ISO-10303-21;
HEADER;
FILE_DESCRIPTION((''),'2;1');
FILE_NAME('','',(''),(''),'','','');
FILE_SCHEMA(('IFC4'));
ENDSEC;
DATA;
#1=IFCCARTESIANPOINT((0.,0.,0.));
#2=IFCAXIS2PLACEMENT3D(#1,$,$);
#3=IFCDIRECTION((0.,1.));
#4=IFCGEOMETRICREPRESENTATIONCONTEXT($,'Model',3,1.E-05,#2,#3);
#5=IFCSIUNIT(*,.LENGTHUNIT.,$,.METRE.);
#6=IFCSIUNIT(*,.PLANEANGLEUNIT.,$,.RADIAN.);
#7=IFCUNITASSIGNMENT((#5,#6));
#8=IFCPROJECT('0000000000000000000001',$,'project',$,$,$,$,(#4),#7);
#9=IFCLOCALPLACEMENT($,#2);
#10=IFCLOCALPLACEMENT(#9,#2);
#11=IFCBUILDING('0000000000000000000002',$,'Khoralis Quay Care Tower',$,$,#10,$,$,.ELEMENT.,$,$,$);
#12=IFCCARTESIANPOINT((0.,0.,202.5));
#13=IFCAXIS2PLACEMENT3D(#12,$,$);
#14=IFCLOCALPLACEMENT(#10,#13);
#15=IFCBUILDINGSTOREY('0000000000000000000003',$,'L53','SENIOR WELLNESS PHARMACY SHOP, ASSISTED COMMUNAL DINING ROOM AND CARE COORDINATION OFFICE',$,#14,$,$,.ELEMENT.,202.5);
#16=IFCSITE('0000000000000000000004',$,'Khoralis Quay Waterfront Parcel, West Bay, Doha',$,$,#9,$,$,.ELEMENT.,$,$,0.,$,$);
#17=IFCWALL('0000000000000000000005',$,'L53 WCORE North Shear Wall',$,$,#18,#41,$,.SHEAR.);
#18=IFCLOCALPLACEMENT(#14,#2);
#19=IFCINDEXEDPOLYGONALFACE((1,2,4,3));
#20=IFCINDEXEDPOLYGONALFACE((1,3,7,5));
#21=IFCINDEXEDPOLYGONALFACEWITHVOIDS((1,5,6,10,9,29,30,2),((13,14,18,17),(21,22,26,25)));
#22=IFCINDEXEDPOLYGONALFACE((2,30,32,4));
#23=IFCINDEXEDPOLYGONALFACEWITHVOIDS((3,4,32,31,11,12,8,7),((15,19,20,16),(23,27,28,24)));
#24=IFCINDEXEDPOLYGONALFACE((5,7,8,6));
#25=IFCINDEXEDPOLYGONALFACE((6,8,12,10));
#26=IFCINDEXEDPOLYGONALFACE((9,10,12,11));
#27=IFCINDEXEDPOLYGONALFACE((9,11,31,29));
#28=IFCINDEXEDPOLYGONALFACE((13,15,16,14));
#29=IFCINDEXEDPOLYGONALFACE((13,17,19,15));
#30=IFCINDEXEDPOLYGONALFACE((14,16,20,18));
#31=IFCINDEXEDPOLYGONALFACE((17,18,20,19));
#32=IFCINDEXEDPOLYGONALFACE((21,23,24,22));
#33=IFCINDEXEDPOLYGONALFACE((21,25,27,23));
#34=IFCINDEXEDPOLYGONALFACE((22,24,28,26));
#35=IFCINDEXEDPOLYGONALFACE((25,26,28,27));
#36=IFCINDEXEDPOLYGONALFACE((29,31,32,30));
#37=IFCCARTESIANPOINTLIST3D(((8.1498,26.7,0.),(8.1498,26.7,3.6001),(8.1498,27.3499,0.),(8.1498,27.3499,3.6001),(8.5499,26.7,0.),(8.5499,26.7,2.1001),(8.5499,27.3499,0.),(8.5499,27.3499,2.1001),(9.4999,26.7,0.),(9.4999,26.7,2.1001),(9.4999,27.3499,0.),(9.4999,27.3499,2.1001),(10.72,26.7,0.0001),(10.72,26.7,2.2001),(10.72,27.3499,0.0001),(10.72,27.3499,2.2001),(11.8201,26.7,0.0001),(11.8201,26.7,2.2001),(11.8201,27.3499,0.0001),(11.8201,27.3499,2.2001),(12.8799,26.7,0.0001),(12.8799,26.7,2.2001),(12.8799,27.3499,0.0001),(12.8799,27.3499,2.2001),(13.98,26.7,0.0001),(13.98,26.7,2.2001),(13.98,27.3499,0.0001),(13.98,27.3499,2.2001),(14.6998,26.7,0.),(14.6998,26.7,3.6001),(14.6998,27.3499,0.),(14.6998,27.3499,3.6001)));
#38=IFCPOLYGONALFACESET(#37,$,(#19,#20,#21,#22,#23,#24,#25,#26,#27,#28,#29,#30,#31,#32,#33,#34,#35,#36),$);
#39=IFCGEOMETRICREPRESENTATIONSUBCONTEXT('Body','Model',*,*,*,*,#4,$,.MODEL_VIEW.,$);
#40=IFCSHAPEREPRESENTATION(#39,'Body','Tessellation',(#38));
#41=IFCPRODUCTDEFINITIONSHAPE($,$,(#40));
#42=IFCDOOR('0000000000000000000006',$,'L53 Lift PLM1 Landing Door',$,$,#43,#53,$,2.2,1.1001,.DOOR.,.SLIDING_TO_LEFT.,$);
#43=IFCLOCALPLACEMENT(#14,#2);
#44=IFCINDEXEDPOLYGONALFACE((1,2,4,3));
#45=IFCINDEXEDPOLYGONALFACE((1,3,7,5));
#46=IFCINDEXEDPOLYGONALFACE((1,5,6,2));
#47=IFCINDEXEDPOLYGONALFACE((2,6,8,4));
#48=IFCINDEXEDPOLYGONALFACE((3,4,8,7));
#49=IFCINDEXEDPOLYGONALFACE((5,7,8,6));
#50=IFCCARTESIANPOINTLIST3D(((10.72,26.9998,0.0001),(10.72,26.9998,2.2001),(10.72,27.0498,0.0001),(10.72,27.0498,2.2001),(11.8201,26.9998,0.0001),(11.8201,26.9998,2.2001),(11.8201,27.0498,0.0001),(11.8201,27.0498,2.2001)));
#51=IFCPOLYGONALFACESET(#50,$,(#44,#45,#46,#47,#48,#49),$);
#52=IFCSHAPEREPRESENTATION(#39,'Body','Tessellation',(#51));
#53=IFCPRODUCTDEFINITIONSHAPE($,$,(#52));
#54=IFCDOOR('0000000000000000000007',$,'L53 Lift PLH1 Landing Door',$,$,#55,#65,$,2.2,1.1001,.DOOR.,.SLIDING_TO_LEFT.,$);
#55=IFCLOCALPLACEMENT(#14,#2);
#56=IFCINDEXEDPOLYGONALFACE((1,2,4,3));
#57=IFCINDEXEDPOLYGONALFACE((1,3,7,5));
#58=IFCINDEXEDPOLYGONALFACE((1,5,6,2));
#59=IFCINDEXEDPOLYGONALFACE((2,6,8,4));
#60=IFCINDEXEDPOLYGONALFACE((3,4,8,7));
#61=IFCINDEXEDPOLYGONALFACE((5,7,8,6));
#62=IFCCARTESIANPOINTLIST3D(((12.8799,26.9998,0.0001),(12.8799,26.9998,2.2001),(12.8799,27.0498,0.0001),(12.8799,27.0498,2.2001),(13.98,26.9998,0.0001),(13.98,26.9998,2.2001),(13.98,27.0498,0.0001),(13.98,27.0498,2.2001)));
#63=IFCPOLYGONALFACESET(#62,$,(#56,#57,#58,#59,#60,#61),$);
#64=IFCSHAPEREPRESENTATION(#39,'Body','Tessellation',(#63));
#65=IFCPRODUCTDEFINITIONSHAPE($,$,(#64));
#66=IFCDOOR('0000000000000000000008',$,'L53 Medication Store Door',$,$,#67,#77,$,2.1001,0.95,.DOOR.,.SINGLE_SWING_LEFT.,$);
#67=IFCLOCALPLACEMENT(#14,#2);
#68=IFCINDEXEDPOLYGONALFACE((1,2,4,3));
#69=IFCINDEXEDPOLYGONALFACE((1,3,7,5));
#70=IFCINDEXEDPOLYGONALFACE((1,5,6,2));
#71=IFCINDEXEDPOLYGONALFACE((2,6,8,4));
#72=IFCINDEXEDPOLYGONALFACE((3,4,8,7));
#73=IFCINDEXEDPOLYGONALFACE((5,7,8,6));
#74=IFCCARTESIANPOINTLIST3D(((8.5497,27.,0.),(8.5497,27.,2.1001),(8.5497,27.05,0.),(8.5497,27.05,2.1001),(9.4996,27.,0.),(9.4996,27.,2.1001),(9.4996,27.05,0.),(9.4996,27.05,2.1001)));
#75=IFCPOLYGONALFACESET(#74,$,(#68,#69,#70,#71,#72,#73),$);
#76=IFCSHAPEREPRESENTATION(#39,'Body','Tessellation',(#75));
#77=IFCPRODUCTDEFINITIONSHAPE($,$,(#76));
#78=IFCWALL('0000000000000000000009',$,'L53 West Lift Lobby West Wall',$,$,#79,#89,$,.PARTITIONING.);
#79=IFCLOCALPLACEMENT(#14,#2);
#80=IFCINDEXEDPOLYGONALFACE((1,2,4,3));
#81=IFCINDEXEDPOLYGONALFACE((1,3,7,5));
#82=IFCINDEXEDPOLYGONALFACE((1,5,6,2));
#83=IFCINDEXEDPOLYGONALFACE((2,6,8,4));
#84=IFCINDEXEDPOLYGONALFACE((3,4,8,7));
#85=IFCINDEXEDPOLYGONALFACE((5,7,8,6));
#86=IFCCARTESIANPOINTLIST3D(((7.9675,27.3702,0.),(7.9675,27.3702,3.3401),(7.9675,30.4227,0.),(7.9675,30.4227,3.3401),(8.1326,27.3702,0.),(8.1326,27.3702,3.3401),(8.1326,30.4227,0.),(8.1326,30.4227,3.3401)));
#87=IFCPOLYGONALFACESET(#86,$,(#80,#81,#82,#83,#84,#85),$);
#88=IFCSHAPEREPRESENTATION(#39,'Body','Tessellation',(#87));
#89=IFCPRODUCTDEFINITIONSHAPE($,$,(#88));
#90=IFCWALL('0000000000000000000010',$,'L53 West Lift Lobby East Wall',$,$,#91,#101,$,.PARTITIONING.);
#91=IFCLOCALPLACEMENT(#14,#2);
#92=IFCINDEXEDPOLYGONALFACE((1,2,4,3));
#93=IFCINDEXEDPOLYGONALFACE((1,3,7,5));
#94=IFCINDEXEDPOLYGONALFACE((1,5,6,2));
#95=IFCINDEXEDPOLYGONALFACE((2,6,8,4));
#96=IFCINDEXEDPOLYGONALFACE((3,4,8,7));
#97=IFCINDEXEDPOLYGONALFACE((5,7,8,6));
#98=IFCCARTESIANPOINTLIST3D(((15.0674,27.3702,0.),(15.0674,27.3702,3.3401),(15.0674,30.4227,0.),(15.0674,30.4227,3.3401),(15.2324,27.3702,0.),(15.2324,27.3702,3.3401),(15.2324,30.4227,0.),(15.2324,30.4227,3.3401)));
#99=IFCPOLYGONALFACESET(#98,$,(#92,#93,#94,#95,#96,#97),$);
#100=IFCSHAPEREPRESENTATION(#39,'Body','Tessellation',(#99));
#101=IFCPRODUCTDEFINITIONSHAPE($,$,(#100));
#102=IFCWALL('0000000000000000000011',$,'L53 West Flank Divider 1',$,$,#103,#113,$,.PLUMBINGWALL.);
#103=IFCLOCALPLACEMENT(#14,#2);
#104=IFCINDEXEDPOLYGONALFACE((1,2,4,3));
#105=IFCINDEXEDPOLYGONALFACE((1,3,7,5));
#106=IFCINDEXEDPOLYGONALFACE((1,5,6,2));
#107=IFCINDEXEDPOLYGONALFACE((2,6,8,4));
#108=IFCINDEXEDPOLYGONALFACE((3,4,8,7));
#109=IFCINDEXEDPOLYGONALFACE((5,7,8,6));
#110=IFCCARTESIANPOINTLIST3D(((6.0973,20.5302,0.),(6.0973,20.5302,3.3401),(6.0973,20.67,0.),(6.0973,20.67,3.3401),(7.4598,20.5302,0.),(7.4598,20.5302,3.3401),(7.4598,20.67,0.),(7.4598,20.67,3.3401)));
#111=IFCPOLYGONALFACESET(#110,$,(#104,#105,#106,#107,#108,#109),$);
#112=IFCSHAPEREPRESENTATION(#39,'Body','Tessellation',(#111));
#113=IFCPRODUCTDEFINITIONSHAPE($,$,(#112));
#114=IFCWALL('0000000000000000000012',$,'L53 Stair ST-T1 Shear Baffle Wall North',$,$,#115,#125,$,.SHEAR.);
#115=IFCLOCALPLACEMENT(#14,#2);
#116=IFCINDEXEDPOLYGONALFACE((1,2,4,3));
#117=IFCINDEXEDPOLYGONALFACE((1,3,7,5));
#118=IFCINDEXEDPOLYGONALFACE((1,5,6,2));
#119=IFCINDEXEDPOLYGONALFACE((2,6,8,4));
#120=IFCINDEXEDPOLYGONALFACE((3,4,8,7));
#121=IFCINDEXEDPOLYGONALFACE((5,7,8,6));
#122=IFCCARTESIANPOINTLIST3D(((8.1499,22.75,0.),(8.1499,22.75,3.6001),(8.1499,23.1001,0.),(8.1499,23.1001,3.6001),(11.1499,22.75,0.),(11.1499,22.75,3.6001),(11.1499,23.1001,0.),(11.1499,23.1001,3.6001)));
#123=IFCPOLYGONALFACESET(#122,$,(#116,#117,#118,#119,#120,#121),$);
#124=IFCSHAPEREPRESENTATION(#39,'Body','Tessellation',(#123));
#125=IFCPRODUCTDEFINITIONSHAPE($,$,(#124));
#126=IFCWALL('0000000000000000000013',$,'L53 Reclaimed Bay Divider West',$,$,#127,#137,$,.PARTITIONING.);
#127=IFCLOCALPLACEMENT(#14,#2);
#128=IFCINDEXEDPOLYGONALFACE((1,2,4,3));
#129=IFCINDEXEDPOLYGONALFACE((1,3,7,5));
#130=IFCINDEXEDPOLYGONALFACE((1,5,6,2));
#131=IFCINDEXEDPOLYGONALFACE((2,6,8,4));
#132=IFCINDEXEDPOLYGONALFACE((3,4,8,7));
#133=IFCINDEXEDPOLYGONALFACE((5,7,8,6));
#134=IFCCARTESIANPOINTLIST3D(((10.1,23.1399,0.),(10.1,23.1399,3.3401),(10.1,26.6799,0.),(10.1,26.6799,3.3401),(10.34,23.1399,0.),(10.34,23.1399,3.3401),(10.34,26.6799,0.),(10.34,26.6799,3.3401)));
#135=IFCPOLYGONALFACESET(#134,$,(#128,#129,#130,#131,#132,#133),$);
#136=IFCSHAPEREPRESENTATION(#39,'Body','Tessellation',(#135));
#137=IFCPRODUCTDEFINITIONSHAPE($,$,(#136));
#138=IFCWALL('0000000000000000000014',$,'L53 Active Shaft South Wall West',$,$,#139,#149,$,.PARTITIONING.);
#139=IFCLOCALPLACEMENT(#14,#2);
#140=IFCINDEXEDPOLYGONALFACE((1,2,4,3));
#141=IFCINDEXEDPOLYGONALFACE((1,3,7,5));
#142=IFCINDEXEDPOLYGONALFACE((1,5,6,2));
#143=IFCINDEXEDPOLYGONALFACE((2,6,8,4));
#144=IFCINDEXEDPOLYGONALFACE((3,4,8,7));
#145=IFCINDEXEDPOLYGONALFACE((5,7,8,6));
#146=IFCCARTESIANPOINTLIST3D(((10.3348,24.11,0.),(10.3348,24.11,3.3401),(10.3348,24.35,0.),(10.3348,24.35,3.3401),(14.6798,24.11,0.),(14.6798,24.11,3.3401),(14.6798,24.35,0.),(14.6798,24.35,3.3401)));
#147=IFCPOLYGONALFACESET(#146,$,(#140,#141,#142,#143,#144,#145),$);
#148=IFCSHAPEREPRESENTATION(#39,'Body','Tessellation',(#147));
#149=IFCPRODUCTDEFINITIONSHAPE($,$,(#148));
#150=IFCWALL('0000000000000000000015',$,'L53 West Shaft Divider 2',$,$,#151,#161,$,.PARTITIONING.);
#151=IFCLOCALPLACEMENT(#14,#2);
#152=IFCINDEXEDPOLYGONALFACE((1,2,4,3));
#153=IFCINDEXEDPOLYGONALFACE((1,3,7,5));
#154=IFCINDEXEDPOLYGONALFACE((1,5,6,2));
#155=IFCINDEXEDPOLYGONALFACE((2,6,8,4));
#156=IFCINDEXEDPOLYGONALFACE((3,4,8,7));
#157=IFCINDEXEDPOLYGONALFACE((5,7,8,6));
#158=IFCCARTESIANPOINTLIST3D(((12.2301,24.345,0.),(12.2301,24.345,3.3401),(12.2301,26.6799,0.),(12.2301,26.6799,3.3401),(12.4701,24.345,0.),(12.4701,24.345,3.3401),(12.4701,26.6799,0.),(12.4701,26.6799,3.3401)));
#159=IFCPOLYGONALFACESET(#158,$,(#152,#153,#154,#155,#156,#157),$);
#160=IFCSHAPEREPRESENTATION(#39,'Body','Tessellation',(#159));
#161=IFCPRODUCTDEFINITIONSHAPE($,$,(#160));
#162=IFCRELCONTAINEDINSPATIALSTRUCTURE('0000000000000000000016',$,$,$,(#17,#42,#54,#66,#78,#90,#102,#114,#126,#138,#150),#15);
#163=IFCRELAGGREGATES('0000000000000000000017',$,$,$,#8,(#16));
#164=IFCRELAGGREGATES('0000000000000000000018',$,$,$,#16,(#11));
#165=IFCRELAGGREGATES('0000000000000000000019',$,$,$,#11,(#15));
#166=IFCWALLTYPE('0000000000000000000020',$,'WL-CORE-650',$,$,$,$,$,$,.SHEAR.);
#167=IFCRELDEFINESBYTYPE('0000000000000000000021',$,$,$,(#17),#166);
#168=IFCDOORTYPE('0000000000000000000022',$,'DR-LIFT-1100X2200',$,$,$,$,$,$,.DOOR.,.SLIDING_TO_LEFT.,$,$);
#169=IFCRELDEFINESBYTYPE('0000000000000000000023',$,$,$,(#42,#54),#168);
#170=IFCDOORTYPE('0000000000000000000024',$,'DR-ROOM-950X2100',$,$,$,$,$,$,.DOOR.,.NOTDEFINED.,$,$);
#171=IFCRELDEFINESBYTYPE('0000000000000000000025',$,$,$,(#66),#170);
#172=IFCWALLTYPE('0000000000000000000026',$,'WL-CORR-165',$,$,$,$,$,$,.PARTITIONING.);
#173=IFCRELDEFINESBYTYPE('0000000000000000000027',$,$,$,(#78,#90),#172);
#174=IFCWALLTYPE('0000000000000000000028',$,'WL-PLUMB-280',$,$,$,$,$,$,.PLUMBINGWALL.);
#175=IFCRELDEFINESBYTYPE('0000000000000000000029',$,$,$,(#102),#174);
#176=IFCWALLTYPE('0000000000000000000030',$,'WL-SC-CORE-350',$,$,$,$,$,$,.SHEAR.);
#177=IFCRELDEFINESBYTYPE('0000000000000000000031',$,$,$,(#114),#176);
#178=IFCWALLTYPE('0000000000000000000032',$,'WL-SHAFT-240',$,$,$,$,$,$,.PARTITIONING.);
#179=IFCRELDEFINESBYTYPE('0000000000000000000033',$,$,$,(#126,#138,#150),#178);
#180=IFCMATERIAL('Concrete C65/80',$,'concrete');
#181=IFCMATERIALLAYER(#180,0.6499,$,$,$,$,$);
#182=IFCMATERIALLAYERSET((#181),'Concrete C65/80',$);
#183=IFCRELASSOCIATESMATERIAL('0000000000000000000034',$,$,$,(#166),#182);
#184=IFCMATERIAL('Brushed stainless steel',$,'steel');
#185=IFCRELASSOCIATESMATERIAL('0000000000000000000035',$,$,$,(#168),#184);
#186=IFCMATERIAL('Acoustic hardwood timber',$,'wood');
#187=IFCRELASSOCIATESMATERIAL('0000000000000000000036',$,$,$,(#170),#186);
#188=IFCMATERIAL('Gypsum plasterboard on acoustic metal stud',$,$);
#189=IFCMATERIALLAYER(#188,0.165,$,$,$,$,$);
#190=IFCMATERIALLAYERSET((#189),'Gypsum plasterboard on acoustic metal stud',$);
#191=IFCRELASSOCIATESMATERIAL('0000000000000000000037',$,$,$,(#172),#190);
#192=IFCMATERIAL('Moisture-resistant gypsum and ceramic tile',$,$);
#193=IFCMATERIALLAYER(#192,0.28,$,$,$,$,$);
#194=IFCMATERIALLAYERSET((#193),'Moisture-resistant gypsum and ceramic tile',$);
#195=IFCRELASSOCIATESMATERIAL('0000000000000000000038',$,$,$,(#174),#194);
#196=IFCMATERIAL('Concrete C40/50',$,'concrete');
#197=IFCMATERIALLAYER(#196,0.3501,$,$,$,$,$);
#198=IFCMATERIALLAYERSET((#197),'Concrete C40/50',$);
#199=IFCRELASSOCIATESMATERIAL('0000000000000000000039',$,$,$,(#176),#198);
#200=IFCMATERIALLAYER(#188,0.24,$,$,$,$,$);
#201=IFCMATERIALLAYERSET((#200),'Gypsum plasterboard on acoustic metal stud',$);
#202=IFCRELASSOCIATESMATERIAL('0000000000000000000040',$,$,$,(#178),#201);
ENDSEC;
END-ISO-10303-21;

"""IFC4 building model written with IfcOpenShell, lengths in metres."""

from ifc_helpers import new_model, si_unit, direction, frame, frame_2d, origin, place, context, subcontext, project, spatial, rectangle, extrude, source, transform, mapped, material, layer, layer_set, type_object, element, fill, save


model = new_model("IFC4")

# Units and contexts
model_context = context("Model", 3, precision=1e-05, world=origin(), true_north=direction((0.0, 1.0)))
body_context = subcontext(model_context, "Body", "Model", "MODEL_VIEW")
ifc_project = project(units=[si_unit("LENGTHUNIT", "METRE"), si_unit("PLANEANGLEUNIT", "RADIAN")], contexts=[model_context])

# Site, building, storey
site_placement = place(None, origin())
site = spatial("IfcSite", under=ifc_project, at=site_placement, Name="Khoralis Quay Waterfront Parcel, West Bay, Doha", CompositionType="ELEMENT", RefElevation=0.0)
building_placement = place(site_placement, origin())
building = spatial("IfcBuilding", under=site, at=building_placement, Name="Khoralis Quay Care Tower", CompositionType="ELEMENT")
storey_placement = place(building_placement, frame((0.0, 0.0, 202.5)))
storey = spatial("IfcBuildingStorey", under=building, at=storey_placement, Name="L53", Description="SENIOR WELLNESS PHARMACY SHOP, ASSISTED COMMUNAL DINING ROOM AND CARE COORDINATION OFFICE", CompositionType="ELEMENT", Elevation=202.5)

# Wall, openings, doors
ifc_material_1 = material(Name="Concrete C65/80", Category="concrete")
ifc_layer_1 = layer(ifc_material_1, 0.6499)
ifc_layer_set_1 = layer_set([ifc_layer_1], Name="Concrete C65/80")
wall_type_1 = type_object("IfcWallType", Name="WL-CORE-650", PredefinedType="SHEAR", material=ifc_layer_set_1)
wall_1_placement = place(storey_placement, frame((8.1499, 27.0249, 0.0), z_axis=(0.0, 0.0, 1.0), x_axis=(1.0, 0.0, 0.0)))
wall_1 = element("IfcWall", 1, at=wall_1_placement, inside=storey, type_object=wall_type_1, Name="L53 WCORE North Shear Wall", PredefinedType="SHEAR", context=body_context, shape_type="SweptSolid", body=[
    extrude(rectangle(XDim=6.55, YDim=0.6499, at=frame_2d((3.2749, 0.0))), origin(), (0.0, 0.0, 1.0), 3.6001),
])
opening_1_placement = place(wall_1_placement, frame((0.3999, 0.0, 0.0)))
opening_1 = element("IfcOpeningElement", 2, at=opening_1_placement, cuts=wall_1, PredefinedType="OPENING", context=body_context, shape_type="SweptSolid", body=[
    extrude(rectangle(XDim=0.95, YDim=2.1001, at=frame_2d((0.4751, 1.05))), frame((0.0, 0.335, 0.0), z_axis=(0.0, -1.0, 0.0), x_axis=(1.0, 0.0, 0.0)), (0.0, 0.0, 1.0), 0.6699),
])
opening_2_placement = place(wall_1_placement, frame((2.5701, 0.0, 0.0)))
opening_2 = element("IfcOpeningElement", 3, at=opening_2_placement, cuts=wall_1, PredefinedType="OPENING", context=body_context, shape_type="SweptSolid", body=[
    extrude(rectangle(XDim=1.1001, YDim=2.2, at=frame_2d((0.55, 1.1001))), frame((0.0, 0.335, 0.0), z_axis=(0.0, -1.0, 0.0), x_axis=(1.0, 0.0, 0.0)), (0.0, 0.0, 1.0), 0.6699),
])
opening_3_placement = place(wall_1_placement, frame((4.73, 0.0, 0.0)))
opening_3 = element("IfcOpeningElement", 4, at=opening_3_placement, cuts=wall_1, PredefinedType="OPENING", context=body_context, shape_type="SweptSolid", body=[
    extrude(rectangle(XDim=1.1001, YDim=2.2, at=frame_2d((0.55, 1.1001))), frame((0.0, 0.335, 0.0), z_axis=(0.0, -1.0, 0.0), x_axis=(1.0, 0.0, 0.0)), (0.0, 0.0, 1.0), 0.6699),
])
ifc_material_2 = material(Name="Brushed stainless steel", Category="steel")
door_type_1 = type_object("IfcDoorType", Name="DR-LIFT-1100X2200", OperationType="SLIDING_TO_LEFT", PredefinedType="DOOR", material=ifc_material_2)
shared_shape_1 = source(origin(), body_context, "Body", "SweptSolid", [
    extrude(rectangle(XDim=1.1001, YDim=2.2, at=frame_2d((0.55, 1.1001))), frame((0.0, 0.0249, 0.0), z_axis=(0.0, -1.0, 0.0), x_axis=(1.0, 0.0, 0.0)), (0.0, 0.0, 1.0), 0.05),
])
door_1_placement = place(opening_2_placement, origin())
door_1 = element("IfcDoor", 5, at=door_1_placement, inside=storey, type_object=door_type_1, Name="L53 Lift PLM1 Landing Door", OperationType="SLIDING_TO_LEFT", OverallHeight=2.2, OverallWidth=1.1001, PredefinedType="DOOR", context=body_context, shape_type="MappedRepresentation", body=[
    mapped(shared_shape_1, transform((0.0, 0.0, 0.0), scale=1.0)),
])
fill(opening_2, door_1)
door_2_placement = place(opening_3_placement, origin())
door_2 = element("IfcDoor", 6, at=door_2_placement, inside=storey, type_object=door_type_1, Name="L53 Lift PLH1 Landing Door", OperationType="SLIDING_TO_LEFT", OverallHeight=2.2, OverallWidth=1.1001, PredefinedType="DOOR", context=body_context, shape_type="MappedRepresentation", body=[
    mapped(shared_shape_1, transform((0.0, 0.0, 0.0), scale=1.0)),
])
fill(opening_3, door_2)
ifc_material_3 = material(Name="Acoustic hardwood timber", Category="wood")
door_type_2 = type_object("IfcDoorType", Name="DR-ROOM-950X2100", OperationType="NOTDEFINED", PredefinedType="DOOR", material=ifc_material_3)
shared_shape_2 = source(origin(), body_context, "Body", "SweptSolid", [
    extrude(rectangle(XDim=0.95, YDim=2.1001, at=frame_2d((0.4751, 1.05))), frame((0.0, 0.0249, 0.0), z_axis=(0.0, -1.0, 0.0), x_axis=(1.0, 0.0, 0.0)), (0.0, 0.0, 1.0), 0.05),
])
door_3_placement = place(opening_1_placement, frame((0.95, 0.0, 0.0), z_axis=(0.0, 0.0, 1.0), x_axis=(-1.0, 0.0, 0.0)))
door_3 = element("IfcDoor", 7, at=door_3_placement, inside=storey, type_object=door_type_2, Name="L53 Medication Store Door", OperationType="SINGLE_SWING_LEFT", OverallHeight=2.1001, OverallWidth=0.95, PredefinedType="DOOR", context=body_context, shape_type="MappedRepresentation", body=[
    mapped(shared_shape_2, transform((0.0, 0.0, 0.0), scale=1.0)),
])
fill(opening_1, door_3)

# Walls
ifc_material_4 = material(Name="Gypsum plasterboard on acoustic metal stud")
ifc_layer_2 = layer(ifc_material_4, 0.165)
ifc_layer_set_2 = layer_set([ifc_layer_2], Name="Gypsum plasterboard on acoustic metal stud")
wall_type_2 = type_object("IfcWallType", Name="WL-CORR-165", PredefinedType="PARTITIONING", material=ifc_layer_set_2)
for number, where, z_axis, x_axis, name in (
    (8, (8.05, 27.3701, 0.0), (0.0, 0.0, 1.0), (0.0, 1.0, 0.0), "L53 West Lift Lobby West Wall"),
    (9, (15.1499, 27.3701, 0.0), (0.0, 0.0, 1.0), (0.0, 1.0, 0.0), "L53 West Lift Lobby East Wall"),
):
    element("IfcWall", number, at=place(storey_placement, frame(where, z_axis=z_axis, x_axis=x_axis)), inside=storey, type_object=wall_type_2, Name=name, PredefinedType="PARTITIONING", context=body_context, shape_type="SweptSolid", body=[
        extrude(rectangle(XDim=3.0525, YDim=0.165, at=frame_2d((1.5264, 0.0))), origin(), (0.0, 0.0, 1.0), 3.3401),
    ])
ifc_material_5 = material(Name="Moisture-resistant gypsum and ceramic tile")
ifc_layer_3 = layer(ifc_material_5, 0.28)
ifc_layer_set_3 = layer_set([ifc_layer_3], Name="Moisture-resistant gypsum and ceramic tile")
wall_type_3 = type_object("IfcWallType", Name="WL-PLUMB-280", PredefinedType="PLUMBINGWALL", material=ifc_layer_set_3)
wall_2_placement = place(storey_placement, frame((6.0974, 20.6001, 0.0), z_axis=(0.0, 0.0, 1.0), x_axis=(1.0, 0.0, 0.0)))
element("IfcWall", 10, at=wall_2_placement, inside=storey, type_object=wall_type_3, Name="L53 West Flank Divider 1", PredefinedType="PLUMBINGWALL", context=body_context, shape_type="SweptSolid", body=[
    extrude(rectangle(XDim=1.3625, YDim=0.1399, at=frame_2d((0.6812, 0.0))), origin(), (0.0, 0.0, 1.0), 3.3401),
])
ifc_material_6 = material(Name="Concrete C40/50", Category="concrete")
ifc_layer_4 = layer(ifc_material_6, 0.3501)
ifc_layer_set_4 = layer_set([ifc_layer_4], Name="Concrete C40/50")
wall_type_4 = type_object("IfcWallType", Name="WL-SC-CORE-350", PredefinedType="SHEAR", material=ifc_layer_set_4)
wall_3_placement = place(storey_placement, frame((8.1499, 22.925, 0.0), z_axis=(0.0, 0.0, 1.0), x_axis=(1.0, 0.0, 0.0)))
element("IfcWall", 11, at=wall_3_placement, inside=storey, type_object=wall_type_4, Name="L53 Stair ST-T1 Shear Baffle Wall North", PredefinedType="SHEAR", context=body_context, shape_type="SweptSolid", body=[
    extrude(rectangle(XDim=3.0, YDim=0.3501, at=frame_2d((1.5, 0.0))), origin(), (0.0, 0.0, 1.0), 3.6001),
])
ifc_layer_5 = layer(ifc_material_4, 0.24)
ifc_layer_set_5 = layer_set([ifc_layer_5], Name="Gypsum plasterboard on acoustic metal stud")
wall_type_5 = type_object("IfcWallType", Name="WL-SHAFT-240", PredefinedType="PARTITIONING", material=ifc_layer_set_5)
wall_4_placement = place(storey_placement, frame((10.22, 23.1399, 0.0), z_axis=(0.0, 0.0, 1.0), x_axis=(0.0, 1.0, 0.0)))
element("IfcWall", 12, at=wall_4_placement, inside=storey, type_object=wall_type_5, Name="L53 Reclaimed Bay Divider West", PredefinedType="PARTITIONING", context=body_context, shape_type="SweptSolid", body=[
    extrude(rectangle(XDim=3.54, YDim=0.24, at=frame_2d((1.77, 0.0))), origin(), (0.0, 0.0, 1.0), 3.3401),
])
wall_5_placement = place(storey_placement, frame((10.335, 24.23, 0.0), z_axis=(0.0, 0.0, 1.0), x_axis=(1.0, 0.0, 0.0)))
element("IfcWall", 13, at=wall_5_placement, inside=storey, type_object=wall_type_5, Name="L53 Active Shaft South Wall West", PredefinedType="PARTITIONING", context=body_context, shape_type="SweptSolid", body=[
    extrude(rectangle(XDim=4.345, YDim=0.24, at=frame_2d((2.1724, 0.0))), origin(), (0.0, 0.0, 1.0), 3.3401),
])
wall_6_placement = place(storey_placement, frame((12.3501, 24.345, 0.0), z_axis=(0.0, 0.0, 1.0), x_axis=(0.0, 1.0, 0.0)))
element("IfcWall", 14, at=wall_6_placement, inside=storey, type_object=wall_type_5, Name="L53 West Shaft Divider 2", PredefinedType="PARTITIONING", context=body_context, shape_type="SweptSolid", body=[
    extrude(rectangle(XDim=2.335, YDim=0.24, at=frame_2d((1.1675, 0.0))), origin(), (0.0, 0.0, 1.0), 3.3401),
])

save(model, "model.ifc")
